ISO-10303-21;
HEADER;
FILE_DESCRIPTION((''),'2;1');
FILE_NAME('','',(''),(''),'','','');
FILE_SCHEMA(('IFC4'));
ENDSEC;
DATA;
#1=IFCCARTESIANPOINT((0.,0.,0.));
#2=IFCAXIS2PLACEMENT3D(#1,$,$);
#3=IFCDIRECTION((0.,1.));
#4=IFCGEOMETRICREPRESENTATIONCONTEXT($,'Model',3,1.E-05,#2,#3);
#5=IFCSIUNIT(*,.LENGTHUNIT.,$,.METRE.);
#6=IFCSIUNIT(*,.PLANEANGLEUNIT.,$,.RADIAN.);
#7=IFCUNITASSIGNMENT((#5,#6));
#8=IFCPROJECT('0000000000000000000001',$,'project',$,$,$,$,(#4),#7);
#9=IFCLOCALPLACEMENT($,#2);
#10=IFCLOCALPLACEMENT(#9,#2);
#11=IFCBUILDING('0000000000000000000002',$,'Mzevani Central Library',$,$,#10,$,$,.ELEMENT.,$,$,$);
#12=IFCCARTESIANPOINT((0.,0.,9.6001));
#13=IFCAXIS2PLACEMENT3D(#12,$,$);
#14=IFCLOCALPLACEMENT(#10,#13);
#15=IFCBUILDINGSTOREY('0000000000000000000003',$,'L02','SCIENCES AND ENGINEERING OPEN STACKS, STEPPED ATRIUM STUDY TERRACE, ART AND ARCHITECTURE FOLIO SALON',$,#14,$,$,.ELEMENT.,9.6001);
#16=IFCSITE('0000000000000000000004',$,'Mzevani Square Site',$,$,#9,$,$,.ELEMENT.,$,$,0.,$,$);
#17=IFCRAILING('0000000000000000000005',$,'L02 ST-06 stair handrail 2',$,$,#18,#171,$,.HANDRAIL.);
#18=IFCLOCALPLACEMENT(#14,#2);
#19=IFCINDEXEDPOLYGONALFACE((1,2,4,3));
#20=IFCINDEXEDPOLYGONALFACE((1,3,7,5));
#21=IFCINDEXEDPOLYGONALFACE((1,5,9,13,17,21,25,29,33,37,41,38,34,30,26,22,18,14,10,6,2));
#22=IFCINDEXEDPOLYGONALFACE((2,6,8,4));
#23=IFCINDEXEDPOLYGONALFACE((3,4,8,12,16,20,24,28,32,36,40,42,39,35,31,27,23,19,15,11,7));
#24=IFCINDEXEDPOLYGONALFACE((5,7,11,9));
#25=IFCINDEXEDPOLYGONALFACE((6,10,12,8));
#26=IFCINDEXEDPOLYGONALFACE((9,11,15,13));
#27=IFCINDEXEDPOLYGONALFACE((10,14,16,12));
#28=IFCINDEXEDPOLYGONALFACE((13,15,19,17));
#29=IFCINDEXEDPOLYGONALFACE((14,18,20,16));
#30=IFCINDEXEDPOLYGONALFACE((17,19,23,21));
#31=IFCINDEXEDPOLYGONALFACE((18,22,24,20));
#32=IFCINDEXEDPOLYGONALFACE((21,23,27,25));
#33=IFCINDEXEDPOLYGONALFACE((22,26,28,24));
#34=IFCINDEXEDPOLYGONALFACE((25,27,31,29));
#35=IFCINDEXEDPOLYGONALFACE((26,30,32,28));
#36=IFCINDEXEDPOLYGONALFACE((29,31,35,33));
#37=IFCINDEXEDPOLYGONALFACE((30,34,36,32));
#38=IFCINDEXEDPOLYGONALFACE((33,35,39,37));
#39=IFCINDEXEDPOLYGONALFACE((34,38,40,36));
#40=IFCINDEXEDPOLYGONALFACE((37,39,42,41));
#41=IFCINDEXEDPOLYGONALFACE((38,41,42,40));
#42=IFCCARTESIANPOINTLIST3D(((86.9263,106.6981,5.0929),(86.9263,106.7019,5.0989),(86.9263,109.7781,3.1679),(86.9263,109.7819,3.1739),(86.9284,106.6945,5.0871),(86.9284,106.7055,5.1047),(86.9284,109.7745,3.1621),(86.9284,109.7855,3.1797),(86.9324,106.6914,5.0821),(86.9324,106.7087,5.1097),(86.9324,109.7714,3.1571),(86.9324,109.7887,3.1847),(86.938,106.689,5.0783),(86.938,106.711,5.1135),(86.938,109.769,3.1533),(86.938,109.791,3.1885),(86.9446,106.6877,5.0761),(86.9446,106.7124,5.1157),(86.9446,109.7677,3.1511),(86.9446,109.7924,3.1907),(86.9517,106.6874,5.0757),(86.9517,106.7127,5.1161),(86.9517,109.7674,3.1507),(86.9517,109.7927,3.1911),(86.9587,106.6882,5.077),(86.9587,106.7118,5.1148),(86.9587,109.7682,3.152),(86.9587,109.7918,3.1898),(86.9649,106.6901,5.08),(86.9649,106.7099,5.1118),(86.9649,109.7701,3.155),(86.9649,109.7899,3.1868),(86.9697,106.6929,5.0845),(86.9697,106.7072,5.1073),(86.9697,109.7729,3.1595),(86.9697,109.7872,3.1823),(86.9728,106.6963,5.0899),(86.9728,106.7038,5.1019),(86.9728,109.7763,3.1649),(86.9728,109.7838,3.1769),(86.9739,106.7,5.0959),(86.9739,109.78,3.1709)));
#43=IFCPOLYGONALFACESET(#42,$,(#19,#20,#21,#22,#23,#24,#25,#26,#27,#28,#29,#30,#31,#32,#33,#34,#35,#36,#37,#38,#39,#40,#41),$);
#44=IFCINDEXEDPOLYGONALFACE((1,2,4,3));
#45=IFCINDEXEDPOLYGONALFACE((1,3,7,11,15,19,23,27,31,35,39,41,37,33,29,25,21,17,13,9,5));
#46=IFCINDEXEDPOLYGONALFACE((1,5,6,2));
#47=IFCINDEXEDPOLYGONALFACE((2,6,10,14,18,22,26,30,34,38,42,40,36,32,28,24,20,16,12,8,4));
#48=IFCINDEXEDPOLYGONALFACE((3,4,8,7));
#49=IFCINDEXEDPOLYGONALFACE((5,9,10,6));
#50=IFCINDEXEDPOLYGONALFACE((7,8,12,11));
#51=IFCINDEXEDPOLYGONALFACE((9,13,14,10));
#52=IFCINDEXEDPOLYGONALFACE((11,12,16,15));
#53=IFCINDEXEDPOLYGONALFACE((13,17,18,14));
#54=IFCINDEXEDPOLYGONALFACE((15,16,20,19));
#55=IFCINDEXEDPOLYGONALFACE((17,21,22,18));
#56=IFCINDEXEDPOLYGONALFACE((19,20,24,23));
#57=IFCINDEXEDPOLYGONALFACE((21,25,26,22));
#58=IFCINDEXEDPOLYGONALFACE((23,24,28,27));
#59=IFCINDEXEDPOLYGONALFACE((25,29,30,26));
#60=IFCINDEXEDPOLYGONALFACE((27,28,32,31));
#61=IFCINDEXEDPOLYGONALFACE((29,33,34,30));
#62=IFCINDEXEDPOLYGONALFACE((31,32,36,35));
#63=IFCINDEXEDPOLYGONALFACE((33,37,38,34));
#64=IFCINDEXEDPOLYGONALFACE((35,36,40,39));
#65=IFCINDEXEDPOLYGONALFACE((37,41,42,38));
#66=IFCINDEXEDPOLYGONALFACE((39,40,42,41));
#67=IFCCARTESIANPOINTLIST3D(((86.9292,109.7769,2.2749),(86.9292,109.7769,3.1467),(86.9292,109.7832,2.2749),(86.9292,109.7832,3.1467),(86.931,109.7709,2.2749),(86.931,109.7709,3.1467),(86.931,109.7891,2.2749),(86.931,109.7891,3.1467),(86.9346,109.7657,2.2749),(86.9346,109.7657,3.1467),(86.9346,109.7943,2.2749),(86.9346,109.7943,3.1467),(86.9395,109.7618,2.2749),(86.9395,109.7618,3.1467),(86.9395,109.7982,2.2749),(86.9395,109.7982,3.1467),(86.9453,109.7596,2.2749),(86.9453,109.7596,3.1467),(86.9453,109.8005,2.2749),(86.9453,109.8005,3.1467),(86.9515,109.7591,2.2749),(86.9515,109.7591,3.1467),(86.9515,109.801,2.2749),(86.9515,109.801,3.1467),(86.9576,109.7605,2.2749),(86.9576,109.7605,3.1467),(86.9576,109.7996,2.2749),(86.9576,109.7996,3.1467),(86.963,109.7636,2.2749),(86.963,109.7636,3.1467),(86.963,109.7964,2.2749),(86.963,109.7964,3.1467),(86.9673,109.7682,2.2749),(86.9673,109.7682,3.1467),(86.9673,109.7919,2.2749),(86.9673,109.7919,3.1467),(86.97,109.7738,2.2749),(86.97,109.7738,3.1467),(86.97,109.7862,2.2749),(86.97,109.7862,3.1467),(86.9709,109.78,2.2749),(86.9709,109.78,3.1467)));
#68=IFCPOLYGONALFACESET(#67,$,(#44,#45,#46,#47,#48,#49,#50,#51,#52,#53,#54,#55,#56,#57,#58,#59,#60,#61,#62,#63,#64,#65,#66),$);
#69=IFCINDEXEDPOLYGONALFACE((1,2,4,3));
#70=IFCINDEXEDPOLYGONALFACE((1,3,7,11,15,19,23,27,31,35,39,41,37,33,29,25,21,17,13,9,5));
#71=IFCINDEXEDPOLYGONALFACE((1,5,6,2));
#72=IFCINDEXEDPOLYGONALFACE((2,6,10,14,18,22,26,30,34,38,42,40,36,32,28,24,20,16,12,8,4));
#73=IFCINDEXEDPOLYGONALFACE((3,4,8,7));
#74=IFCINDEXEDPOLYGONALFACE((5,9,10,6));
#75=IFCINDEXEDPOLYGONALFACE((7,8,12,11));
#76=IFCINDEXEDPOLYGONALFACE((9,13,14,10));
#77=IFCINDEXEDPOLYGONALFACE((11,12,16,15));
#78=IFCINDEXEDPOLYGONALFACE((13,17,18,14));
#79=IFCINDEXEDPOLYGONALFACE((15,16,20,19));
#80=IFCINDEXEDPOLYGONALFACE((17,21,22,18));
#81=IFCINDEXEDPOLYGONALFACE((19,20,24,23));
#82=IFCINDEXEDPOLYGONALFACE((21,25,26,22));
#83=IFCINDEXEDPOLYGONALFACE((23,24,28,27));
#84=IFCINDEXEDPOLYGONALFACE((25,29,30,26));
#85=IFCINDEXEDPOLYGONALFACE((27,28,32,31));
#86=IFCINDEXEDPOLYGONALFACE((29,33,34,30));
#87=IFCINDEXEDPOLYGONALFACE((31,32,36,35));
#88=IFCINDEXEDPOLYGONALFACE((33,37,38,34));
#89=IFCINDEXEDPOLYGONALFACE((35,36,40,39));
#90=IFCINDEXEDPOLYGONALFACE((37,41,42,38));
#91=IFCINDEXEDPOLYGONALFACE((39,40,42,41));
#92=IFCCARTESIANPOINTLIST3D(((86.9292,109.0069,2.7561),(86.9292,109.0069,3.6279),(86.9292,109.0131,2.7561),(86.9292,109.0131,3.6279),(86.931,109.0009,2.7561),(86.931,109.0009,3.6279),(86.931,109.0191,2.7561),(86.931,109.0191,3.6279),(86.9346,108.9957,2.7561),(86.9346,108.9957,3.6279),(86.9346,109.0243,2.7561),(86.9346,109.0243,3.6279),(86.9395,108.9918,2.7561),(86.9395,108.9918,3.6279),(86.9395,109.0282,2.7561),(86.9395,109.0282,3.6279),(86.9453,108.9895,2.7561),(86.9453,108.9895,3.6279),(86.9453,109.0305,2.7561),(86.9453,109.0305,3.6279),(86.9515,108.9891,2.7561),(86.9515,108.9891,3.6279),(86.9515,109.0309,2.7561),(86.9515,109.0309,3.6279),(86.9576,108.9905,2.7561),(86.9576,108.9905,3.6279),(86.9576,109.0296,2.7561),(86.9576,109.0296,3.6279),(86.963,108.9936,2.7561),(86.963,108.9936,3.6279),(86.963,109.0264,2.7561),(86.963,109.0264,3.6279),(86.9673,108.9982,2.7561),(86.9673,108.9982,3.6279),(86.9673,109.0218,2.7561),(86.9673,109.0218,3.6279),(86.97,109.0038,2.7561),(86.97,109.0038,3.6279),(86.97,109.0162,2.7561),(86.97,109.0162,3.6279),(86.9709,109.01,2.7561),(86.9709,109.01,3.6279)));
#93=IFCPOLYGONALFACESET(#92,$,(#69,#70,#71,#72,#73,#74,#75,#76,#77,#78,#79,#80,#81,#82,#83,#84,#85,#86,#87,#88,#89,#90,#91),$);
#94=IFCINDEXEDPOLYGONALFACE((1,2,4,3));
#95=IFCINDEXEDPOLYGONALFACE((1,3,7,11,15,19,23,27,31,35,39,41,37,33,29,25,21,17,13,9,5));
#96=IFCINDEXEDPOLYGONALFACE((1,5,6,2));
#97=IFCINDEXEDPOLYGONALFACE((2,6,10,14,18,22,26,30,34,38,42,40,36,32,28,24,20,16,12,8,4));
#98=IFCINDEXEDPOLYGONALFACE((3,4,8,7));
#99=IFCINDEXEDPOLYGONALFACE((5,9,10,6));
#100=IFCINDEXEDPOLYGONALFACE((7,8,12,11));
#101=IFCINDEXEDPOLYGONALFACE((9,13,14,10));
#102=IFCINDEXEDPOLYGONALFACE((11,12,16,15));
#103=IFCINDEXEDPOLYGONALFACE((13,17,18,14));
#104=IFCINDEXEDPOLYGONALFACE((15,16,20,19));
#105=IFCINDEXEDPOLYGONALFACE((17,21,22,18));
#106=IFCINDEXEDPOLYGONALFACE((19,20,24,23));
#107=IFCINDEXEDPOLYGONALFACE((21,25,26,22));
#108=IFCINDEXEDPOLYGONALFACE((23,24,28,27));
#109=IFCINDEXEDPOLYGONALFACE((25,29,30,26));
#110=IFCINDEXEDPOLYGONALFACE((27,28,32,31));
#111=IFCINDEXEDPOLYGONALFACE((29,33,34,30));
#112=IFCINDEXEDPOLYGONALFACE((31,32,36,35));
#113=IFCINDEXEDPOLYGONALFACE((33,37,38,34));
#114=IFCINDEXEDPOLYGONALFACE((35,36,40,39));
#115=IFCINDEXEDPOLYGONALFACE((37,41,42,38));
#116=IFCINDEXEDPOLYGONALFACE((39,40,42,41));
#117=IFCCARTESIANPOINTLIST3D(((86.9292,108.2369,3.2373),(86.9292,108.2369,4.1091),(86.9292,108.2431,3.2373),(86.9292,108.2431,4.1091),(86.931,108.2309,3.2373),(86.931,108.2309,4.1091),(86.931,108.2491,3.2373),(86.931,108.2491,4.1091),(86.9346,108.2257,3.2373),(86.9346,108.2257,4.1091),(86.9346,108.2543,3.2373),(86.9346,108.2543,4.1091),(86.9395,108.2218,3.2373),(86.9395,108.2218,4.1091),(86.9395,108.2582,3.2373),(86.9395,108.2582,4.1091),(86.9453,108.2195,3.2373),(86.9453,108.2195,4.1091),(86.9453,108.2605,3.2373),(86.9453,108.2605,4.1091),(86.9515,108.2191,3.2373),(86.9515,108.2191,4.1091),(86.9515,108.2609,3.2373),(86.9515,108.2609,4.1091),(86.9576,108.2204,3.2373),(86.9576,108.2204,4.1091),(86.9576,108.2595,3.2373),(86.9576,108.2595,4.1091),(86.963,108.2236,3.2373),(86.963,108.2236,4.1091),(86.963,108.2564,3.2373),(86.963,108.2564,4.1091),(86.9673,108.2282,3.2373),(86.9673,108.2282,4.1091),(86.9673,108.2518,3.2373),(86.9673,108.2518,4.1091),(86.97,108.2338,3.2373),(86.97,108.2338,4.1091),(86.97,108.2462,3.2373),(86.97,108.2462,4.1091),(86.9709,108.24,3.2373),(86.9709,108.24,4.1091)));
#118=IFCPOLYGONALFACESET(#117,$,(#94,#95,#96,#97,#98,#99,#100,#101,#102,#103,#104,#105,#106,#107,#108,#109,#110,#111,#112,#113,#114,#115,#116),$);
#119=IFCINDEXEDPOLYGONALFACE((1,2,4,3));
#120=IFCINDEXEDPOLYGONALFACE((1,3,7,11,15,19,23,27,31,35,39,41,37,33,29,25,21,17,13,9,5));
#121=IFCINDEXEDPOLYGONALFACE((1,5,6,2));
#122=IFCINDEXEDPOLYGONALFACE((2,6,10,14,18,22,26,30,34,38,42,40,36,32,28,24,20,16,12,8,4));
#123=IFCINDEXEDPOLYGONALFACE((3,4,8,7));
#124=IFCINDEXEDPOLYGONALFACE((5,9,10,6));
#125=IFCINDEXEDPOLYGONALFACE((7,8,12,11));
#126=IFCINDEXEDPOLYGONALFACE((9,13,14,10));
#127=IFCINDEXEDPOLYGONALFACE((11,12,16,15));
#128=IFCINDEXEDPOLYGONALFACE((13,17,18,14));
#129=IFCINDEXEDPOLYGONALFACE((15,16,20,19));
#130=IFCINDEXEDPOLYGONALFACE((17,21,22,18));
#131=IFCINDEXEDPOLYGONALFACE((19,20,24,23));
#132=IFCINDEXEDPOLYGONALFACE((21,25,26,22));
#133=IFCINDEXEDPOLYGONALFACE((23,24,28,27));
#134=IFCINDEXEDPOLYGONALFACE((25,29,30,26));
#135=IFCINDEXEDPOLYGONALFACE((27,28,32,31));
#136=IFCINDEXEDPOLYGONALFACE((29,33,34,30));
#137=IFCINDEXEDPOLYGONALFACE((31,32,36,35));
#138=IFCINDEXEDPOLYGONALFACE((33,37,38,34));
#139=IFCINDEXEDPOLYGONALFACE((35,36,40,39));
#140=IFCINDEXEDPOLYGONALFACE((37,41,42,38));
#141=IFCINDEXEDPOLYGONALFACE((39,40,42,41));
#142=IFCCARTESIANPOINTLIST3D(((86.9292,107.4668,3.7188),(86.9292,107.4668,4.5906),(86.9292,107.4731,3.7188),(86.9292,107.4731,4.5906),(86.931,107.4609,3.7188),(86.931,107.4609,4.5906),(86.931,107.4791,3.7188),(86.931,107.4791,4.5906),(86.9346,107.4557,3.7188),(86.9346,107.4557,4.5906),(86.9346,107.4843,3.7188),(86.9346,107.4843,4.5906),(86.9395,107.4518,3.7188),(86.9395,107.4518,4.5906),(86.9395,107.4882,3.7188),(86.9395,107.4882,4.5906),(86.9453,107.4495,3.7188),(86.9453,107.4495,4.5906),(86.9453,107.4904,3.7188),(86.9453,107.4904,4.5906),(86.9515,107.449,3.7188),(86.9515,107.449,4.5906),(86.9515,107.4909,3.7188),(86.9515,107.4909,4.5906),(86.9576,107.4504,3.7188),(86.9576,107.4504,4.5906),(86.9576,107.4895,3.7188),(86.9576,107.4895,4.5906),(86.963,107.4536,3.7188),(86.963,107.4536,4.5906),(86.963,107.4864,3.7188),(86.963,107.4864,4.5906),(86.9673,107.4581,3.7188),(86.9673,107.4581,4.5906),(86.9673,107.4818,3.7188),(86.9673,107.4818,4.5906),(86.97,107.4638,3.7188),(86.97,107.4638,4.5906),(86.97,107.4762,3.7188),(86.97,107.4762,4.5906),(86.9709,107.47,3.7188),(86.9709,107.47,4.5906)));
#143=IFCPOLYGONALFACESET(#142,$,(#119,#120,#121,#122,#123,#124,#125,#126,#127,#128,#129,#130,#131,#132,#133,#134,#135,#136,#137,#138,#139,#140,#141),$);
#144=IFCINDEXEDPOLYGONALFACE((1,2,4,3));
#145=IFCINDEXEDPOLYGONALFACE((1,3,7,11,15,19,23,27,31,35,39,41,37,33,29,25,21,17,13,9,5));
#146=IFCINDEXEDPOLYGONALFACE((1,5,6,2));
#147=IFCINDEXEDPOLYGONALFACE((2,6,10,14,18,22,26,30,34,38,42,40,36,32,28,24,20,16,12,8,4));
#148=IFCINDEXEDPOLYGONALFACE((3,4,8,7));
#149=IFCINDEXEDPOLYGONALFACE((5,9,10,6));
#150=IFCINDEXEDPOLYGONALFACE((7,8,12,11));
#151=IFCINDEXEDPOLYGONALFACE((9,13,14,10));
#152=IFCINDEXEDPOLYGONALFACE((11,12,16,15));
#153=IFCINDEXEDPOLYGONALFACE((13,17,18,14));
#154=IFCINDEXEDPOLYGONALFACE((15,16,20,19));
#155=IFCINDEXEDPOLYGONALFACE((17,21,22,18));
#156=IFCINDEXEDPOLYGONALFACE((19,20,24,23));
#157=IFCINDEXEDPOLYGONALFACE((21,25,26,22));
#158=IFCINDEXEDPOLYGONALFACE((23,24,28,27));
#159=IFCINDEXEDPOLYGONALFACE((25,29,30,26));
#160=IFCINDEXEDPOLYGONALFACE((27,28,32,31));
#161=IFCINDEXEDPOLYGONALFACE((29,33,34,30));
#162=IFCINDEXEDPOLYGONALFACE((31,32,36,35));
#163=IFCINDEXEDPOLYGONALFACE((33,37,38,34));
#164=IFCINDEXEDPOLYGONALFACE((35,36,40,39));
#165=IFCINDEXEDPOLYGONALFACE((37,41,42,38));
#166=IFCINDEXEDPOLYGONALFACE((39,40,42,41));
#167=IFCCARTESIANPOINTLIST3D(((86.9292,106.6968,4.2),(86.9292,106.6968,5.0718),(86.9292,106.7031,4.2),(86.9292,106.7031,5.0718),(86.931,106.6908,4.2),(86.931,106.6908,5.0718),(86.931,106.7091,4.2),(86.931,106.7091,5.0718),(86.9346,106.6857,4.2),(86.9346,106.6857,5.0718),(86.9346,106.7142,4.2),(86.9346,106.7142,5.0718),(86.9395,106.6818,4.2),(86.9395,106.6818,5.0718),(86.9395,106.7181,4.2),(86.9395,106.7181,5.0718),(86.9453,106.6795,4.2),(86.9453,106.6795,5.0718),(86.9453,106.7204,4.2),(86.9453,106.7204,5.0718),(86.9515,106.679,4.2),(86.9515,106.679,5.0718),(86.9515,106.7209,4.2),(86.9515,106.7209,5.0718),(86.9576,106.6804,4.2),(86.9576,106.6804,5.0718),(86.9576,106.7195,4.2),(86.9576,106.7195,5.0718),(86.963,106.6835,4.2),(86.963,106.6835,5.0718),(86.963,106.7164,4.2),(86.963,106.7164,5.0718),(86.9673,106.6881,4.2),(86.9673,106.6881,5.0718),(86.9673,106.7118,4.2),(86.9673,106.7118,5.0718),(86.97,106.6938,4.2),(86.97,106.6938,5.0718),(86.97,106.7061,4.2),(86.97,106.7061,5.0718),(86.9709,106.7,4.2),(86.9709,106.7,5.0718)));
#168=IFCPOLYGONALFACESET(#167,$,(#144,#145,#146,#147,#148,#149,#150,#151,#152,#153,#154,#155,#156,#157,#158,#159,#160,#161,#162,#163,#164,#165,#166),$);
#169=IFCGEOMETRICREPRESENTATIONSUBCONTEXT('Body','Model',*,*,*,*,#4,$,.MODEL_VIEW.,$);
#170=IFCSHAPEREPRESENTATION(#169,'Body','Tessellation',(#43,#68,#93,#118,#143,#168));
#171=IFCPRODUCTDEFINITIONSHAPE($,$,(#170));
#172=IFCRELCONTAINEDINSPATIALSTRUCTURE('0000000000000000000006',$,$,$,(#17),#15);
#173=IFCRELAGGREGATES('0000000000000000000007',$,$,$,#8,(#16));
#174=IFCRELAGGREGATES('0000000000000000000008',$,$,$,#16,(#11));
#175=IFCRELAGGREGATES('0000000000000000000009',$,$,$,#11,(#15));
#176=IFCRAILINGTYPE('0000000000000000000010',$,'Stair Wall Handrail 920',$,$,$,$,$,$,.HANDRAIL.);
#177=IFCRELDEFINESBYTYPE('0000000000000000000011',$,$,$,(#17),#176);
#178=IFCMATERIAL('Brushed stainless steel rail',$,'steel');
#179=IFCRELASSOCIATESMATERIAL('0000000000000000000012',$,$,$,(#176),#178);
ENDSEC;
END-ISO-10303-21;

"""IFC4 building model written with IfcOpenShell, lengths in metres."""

from ifc_helpers import new_model, si_unit, direction, frame, origin, origin_2d, place, context, subcontext, project, spatial, circle, extrude, material, type_object, element, save


model = new_model("IFC4")

# Units and contexts
model_context = context("Model", 3, precision=1e-05, world=origin(), true_north=direction((0.0, 1.0)))
body_context = subcontext(model_context, "Body", "Model", "MODEL_VIEW")
ifc_project = project(units=[si_unit("LENGTHUNIT", "METRE"), si_unit("PLANEANGLEUNIT", "RADIAN")], contexts=[model_context])

# Site, building, storey
site_placement = place(None, origin())
site = spatial("IfcSite", under=ifc_project, at=site_placement, Name="Mzevani Square Site", CompositionType="ELEMENT", RefElevation=0.0)
building_placement = place(site_placement, origin())
building = spatial("IfcBuilding", under=site, at=building_placement, Name="Mzevani Central Library", CompositionType="ELEMENT")
storey_placement = place(building_placement, frame((0.0, 0.0, 9.6001)))
storey = spatial("IfcBuildingStorey", under=building, at=storey_placement, Name="L02", Description="SCIENCES AND ENGINEERING OPEN STACKS, STEPPED ATRIUM STUDY TERRACE, ART AND ARCHITECTURE FOLIO SALON", CompositionType="ELEMENT", Elevation=9.6001)

# Shared definitions
ifc_material_1 = material(Name="Brushed stainless steel rail", Category="steel")

# Railing
railing_type_1 = type_object("IfcRailingType", Name="Stair Wall Handrail 920", PredefinedType="HANDRAIL", material=ifc_material_1)
railing_1_placement = place(storey_placement, frame((86.95, 109.78, 2.2749)))
element("IfcRailing", 1, at=railing_1_placement, inside=storey, type_object=railing_type_1, Name="L02 ST-06 stair handrail 2", PredefinedType="HANDRAIL", context=body_context, shape_type="SweptSolid", body=[
    extrude(circle(Radius=0.0239, at=origin_2d()), frame((0.0, 0.0, 0.896), z_axis=(0.0, -0.847998, 0.529999), x_axis=(1.0, 0.0, 0.0)), (0.0, 0.0, 1.0), 3.6321),
    extrude(circle(Radius=0.021, at=origin_2d()), origin(), (0.0, 0.0, 1.0), 0.8718),
    extrude(circle(Radius=0.021, at=origin_2d()), frame((0.0, -0.77, 0.4812)), (0.0, 0.0, 1.0), 0.8718),
    extrude(circle(Radius=0.021, at=origin_2d()), frame((0.0, -1.54, 0.9624)), (0.0, 0.0, 1.0), 0.8718),
    extrude(circle(Radius=0.021, at=origin_2d()), frame((0.0, -2.3101, 1.4438)), (0.0, 0.0, 1.0), 0.8718),
    extrude(circle(Radius=0.021, at=origin_2d()), frame((0.0, -3.0801, 1.925)), (0.0, 0.0, 1.0), 0.8718),
])

save(model, "model.ifc")
